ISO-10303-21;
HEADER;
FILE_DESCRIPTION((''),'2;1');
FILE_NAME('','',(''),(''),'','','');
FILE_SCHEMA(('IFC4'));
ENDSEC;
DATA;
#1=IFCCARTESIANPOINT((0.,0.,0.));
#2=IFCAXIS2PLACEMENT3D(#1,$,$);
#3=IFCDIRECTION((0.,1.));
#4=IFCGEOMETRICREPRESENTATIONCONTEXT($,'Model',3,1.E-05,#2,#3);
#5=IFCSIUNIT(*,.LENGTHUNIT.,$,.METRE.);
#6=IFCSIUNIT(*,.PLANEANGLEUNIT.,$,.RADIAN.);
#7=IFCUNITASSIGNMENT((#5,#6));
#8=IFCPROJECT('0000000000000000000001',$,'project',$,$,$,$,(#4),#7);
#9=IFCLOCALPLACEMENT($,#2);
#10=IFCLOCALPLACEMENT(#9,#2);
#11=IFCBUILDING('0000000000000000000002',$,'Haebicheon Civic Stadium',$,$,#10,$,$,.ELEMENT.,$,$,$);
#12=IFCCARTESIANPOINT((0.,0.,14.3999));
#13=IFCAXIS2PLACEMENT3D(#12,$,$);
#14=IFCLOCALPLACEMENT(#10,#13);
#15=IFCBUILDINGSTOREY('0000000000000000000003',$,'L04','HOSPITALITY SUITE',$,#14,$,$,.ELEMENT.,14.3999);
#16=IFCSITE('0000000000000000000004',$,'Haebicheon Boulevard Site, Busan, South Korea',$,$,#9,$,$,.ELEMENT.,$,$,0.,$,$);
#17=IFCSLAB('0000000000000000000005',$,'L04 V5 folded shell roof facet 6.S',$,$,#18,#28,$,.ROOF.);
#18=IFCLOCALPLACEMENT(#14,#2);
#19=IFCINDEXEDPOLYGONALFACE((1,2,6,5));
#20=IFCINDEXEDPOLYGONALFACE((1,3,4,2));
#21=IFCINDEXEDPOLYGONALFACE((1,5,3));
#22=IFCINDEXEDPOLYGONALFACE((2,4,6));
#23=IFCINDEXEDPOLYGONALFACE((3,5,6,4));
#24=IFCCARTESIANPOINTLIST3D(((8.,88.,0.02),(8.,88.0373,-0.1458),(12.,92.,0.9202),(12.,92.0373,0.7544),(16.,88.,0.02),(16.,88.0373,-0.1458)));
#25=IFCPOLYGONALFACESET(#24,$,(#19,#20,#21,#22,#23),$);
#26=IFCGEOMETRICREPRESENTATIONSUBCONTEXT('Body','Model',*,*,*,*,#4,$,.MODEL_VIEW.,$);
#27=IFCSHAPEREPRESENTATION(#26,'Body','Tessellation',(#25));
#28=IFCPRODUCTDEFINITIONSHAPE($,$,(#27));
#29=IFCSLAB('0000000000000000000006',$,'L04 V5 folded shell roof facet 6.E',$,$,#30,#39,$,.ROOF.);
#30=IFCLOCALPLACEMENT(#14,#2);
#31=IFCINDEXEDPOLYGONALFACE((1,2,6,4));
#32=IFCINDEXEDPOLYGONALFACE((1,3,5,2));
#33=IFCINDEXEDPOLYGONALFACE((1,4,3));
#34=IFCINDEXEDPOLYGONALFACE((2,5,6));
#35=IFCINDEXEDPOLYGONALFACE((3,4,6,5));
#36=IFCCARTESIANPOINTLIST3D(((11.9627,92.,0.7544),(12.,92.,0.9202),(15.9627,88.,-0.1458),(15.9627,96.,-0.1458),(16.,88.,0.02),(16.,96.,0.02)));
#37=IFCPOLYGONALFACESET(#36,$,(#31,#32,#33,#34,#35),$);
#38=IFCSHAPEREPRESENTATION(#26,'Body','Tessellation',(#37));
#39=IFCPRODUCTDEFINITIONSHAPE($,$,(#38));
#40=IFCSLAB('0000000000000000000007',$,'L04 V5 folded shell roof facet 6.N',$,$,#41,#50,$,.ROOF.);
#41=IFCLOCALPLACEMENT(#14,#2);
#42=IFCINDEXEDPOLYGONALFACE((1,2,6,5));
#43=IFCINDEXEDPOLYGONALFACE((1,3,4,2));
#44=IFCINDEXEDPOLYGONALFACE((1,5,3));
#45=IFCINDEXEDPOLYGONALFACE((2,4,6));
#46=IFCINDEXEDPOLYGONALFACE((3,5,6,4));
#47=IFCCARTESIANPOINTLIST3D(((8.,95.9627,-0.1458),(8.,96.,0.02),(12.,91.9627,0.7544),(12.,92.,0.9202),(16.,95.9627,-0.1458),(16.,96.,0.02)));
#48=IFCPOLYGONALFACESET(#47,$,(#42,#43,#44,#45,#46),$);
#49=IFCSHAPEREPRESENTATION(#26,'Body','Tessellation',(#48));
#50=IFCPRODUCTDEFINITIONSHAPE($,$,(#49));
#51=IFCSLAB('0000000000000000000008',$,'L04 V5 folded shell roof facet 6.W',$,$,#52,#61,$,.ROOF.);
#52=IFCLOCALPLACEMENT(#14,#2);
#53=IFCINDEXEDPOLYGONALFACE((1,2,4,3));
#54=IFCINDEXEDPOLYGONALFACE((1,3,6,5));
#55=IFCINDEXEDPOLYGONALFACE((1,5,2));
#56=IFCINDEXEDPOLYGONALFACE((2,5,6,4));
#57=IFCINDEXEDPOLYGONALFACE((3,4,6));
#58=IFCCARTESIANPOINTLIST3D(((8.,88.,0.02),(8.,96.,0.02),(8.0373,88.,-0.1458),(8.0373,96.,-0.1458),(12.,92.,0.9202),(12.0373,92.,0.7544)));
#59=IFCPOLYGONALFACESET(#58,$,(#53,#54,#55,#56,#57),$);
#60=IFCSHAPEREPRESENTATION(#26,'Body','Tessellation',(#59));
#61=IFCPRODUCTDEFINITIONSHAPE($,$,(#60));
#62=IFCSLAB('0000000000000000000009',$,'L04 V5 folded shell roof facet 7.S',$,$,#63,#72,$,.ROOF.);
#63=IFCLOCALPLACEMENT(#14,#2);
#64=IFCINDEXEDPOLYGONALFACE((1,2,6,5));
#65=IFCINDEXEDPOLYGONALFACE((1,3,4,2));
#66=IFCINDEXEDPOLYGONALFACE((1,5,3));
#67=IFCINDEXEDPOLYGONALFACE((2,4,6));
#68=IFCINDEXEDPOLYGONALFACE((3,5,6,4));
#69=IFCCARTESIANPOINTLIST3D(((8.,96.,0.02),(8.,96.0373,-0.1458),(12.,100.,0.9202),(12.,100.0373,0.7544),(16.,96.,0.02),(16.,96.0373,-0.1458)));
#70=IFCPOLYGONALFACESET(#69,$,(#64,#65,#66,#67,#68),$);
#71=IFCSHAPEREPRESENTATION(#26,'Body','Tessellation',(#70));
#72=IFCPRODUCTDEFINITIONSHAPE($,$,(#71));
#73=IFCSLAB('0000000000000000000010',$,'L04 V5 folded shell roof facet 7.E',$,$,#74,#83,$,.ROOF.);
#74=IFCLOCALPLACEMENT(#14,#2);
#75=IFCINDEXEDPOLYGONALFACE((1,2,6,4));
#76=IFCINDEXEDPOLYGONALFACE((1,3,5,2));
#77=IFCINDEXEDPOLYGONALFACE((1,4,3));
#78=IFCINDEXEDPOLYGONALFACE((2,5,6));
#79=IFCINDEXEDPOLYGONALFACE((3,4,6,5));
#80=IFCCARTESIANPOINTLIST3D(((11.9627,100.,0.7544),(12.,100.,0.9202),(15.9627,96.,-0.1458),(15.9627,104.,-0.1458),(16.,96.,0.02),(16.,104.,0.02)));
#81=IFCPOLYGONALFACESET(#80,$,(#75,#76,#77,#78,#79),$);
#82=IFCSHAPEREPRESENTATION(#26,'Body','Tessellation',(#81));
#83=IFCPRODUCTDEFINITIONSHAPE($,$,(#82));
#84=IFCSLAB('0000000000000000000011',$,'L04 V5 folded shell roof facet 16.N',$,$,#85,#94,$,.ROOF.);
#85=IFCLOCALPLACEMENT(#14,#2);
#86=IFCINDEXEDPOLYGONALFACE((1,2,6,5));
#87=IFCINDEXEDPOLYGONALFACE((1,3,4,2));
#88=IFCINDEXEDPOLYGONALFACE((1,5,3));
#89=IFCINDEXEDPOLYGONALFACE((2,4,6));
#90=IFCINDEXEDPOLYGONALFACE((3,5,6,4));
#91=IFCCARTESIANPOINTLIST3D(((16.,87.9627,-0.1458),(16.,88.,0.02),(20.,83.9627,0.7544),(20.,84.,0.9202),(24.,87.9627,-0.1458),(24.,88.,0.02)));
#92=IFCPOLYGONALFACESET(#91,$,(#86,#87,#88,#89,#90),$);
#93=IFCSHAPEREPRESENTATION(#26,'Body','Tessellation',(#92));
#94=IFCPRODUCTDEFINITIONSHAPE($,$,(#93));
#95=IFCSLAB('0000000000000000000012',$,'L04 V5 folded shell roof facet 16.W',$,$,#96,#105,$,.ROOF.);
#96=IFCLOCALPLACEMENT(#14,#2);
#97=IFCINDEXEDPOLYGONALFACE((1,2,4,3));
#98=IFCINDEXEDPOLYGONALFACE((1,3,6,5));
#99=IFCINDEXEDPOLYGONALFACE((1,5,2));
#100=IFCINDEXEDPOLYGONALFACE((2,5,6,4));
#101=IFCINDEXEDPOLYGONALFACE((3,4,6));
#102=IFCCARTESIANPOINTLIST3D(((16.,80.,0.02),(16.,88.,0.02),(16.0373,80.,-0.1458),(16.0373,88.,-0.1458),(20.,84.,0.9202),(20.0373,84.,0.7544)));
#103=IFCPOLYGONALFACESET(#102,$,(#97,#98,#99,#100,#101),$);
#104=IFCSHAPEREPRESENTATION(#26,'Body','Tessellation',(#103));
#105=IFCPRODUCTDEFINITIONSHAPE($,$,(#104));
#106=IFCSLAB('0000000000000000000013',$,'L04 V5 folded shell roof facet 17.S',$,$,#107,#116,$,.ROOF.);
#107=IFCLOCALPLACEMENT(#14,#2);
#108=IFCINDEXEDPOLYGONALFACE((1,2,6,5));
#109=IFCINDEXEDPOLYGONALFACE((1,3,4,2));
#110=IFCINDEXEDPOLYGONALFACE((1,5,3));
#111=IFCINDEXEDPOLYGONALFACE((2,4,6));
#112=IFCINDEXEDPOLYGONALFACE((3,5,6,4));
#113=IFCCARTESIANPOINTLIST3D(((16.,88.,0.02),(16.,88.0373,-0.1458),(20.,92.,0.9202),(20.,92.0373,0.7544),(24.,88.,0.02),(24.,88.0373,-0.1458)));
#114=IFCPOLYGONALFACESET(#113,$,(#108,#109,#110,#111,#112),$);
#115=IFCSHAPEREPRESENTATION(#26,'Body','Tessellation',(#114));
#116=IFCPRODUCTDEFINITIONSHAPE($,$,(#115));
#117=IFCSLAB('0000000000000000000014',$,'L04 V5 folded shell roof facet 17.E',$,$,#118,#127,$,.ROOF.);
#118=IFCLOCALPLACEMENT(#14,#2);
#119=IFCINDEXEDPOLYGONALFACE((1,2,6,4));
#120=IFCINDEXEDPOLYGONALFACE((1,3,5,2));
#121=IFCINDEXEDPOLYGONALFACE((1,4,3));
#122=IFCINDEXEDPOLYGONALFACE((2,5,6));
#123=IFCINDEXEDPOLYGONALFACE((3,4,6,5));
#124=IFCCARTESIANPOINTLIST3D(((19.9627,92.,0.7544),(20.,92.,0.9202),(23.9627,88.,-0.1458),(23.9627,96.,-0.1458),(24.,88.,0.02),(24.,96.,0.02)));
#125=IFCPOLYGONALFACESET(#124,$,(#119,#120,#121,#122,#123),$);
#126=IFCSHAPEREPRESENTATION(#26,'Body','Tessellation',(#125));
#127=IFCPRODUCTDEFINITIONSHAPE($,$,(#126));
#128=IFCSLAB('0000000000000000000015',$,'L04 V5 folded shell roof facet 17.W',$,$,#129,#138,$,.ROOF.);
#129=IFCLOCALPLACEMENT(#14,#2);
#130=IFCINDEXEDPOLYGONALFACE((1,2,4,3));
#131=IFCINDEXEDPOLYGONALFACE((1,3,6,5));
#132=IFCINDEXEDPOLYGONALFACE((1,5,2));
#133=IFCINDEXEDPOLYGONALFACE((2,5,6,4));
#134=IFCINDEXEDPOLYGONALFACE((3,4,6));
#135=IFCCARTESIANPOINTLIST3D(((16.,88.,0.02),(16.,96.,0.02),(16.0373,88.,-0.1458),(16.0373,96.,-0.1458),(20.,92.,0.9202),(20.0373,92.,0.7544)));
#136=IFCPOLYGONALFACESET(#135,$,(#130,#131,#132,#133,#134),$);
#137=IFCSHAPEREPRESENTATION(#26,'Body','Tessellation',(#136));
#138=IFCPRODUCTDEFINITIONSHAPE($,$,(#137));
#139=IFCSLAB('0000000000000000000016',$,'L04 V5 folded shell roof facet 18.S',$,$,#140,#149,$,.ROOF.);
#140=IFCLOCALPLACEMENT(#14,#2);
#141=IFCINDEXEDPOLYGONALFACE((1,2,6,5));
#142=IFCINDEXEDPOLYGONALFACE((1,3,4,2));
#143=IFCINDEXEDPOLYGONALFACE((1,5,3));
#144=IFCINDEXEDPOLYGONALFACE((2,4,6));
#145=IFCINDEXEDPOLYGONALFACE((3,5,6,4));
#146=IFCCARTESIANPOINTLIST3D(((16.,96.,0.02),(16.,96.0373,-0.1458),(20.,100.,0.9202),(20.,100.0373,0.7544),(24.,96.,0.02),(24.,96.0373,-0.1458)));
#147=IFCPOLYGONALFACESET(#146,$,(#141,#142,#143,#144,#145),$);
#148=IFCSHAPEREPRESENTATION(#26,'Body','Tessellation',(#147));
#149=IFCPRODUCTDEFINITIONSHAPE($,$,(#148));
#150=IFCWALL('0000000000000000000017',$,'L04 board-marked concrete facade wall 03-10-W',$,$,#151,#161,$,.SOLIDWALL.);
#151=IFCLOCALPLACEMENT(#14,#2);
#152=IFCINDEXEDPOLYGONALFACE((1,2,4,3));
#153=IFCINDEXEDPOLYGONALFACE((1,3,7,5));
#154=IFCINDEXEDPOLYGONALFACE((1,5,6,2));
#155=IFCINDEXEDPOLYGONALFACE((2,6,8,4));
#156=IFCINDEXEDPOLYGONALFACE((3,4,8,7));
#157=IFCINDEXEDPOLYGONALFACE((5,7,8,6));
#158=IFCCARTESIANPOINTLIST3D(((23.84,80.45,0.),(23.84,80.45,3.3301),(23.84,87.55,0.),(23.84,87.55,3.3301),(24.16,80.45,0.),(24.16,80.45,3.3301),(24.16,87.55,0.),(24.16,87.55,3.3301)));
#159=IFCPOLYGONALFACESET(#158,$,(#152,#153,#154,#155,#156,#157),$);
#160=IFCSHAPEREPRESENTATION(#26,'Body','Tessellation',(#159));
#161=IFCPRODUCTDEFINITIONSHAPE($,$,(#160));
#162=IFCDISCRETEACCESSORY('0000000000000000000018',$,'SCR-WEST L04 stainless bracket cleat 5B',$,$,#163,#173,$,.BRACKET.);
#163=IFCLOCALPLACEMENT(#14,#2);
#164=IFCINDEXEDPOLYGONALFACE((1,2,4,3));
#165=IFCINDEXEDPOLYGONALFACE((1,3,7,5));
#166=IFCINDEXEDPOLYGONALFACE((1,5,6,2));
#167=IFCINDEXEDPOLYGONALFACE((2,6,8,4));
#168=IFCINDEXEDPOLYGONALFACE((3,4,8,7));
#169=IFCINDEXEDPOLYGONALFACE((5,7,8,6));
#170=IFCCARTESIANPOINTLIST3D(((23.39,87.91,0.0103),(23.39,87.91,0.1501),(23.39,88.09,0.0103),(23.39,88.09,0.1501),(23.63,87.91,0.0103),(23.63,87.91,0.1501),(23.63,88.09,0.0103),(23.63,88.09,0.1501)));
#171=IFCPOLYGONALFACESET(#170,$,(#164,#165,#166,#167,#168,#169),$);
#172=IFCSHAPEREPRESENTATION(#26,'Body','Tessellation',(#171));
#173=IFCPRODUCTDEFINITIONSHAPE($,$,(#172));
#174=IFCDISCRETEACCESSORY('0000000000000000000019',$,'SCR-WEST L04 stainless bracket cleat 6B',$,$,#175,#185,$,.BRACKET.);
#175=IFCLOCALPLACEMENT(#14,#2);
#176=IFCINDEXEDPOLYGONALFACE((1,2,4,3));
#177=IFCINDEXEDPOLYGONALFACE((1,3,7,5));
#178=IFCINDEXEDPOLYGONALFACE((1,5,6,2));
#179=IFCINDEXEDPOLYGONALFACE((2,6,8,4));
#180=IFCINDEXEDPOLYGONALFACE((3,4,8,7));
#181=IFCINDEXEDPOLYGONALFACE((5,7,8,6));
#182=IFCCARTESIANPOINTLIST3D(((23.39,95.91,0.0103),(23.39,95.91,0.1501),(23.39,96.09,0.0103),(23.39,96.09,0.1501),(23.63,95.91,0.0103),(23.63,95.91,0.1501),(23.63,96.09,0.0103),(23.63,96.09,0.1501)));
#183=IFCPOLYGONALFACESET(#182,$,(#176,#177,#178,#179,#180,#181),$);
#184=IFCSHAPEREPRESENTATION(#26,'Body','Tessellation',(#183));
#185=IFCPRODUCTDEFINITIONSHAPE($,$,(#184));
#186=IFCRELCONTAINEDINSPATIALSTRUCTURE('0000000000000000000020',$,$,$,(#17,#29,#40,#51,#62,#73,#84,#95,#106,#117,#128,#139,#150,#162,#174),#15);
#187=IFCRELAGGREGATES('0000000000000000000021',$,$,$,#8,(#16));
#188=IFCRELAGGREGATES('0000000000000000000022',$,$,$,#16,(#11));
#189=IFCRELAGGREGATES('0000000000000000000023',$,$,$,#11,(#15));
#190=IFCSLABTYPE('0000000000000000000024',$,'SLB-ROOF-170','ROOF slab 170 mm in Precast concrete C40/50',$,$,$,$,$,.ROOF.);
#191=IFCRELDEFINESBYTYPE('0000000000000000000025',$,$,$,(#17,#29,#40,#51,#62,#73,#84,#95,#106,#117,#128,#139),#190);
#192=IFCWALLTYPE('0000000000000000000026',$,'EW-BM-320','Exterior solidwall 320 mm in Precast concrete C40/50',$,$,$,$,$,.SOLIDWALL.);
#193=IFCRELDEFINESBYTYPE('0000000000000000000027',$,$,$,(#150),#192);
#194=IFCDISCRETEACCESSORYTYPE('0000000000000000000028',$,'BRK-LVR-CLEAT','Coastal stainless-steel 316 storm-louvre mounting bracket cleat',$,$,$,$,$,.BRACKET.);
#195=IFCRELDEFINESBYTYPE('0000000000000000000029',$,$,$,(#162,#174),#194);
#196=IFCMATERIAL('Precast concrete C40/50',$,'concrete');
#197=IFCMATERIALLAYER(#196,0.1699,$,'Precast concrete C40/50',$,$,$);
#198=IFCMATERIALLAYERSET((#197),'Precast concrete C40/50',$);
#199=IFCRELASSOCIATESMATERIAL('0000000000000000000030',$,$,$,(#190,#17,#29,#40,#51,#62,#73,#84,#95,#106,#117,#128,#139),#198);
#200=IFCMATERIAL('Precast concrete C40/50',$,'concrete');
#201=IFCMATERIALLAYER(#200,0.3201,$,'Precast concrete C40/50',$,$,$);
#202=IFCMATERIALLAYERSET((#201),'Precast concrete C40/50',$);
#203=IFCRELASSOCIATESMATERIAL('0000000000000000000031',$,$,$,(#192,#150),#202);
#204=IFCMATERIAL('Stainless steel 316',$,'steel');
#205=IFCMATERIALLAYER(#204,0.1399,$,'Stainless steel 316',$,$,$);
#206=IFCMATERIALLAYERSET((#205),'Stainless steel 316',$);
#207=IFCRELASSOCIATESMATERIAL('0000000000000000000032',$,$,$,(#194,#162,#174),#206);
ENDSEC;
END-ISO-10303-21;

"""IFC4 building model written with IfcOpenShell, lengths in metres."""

from ifc_helpers import new_model, si_unit, direction, frame, frame_2d, origin, origin_2d, place, context, subcontext, project, spatial, polyline, rectangle, outline, extrude, material, layer, layer_set, type_object, element, save


model = new_model("IFC4")

# Units and contexts
model_context = context("Model", 3, precision=1e-05, world=origin(), true_north=direction((0.0, 1.0)))
body_context = subcontext(model_context, "Body", "Model", "MODEL_VIEW")
ifc_project = project(units=[si_unit("LENGTHUNIT", "METRE"), si_unit("PLANEANGLEUNIT", "RADIAN")], contexts=[model_context])

# Site, building, storey
site_placement = place(None, origin())
site = spatial("IfcSite", under=ifc_project, at=site_placement, Name="Haebicheon Boulevard Site, Busan, South Korea", CompositionType="ELEMENT", RefElevation=0.0)
building_placement = place(site_placement, origin())
building = spatial("IfcBuilding", under=site, at=building_placement, Name="Haebicheon Civic Stadium", CompositionType="ELEMENT")
storey_placement = place(building_placement, frame((0.0, 0.0, 14.3999)))
storey = spatial("IfcBuildingStorey", under=building, at=storey_placement, Name="L04", Description="HOSPITALITY SUITE", CompositionType="ELEMENT", Elevation=14.3999)

# Slabs
ifc_material_1 = material(Name="Precast concrete C40/50", Category="concrete")
ifc_layer_1 = layer(ifc_material_1, 0.1699, Name="Precast concrete C40/50")
ifc_layer_set_1 = layer_set([ifc_layer_1], Name="Precast concrete C40/50")
slab_type = type_object("IfcSlabType", Name="SLB-ROOF-170", Description="ROOF slab 170 mm in Precast concrete C40/50", PredefinedType="ROOF", material=ifc_layer_set_1)
for number, where, z_axis, x_axis, name in (
    (1, (8.0, 88.0, 0.02), (0.0, -0.219546, 0.975602), (1.0, 0.0, 0.0), "L04 V5 folded shell roof facet 6.S"),
    (2, (16.0, 88.0, 0.02), (0.219546, 0.0, 0.975602), (0.0, 1.0, 0.0), "L04 V5 folded shell roof facet 6.E"),
    (3, (16.0, 96.0, 0.02), (0.0, 0.219546, 0.975602), (-1.0, 0.0, 0.0), "L04 V5 folded shell roof facet 6.N"),
    (4, (8.0, 96.0, 0.02), (-0.219546, 0.0, 0.975602), (0.0, -1.0, 0.0), "L04 V5 folded shell roof facet 6.W"),
    (5, (8.0, 96.0, 0.02), (0.0, -0.219546, 0.975602), (1.0, 0.0, 0.0), "L04 V5 folded shell roof facet 7.S"),
    (6, (16.0, 96.0, 0.02), (0.219546, 0.0, 0.975602), (0.0, 1.0, 0.0), "L04 V5 folded shell roof facet 7.E"),
    (7, (24.0, 88.0, 0.02), (0.0, 0.219546, 0.975602), (-1.0, 0.0, 0.0), "L04 V5 folded shell roof facet 16.N"),
    (8, (16.0, 88.0, 0.02), (-0.219546, 0.0, 0.975602), (0.0, -1.0, 0.0), "L04 V5 folded shell roof facet 16.W"),
    (9, (16.0, 88.0, 0.02), (0.0, -0.219546, 0.975602), (1.0, 0.0, 0.0), "L04 V5 folded shell roof facet 17.S"),
    (10, (24.0, 88.0, 0.02), (0.219546, 0.0, 0.975602), (0.0, 1.0, 0.0), "L04 V5 folded shell roof facet 17.E"),
    (11, (16.0, 96.0, 0.02), (-0.219546, 0.0, 0.975602), (0.0, -1.0, 0.0), "L04 V5 folded shell roof facet 17.W"),
    (12, (16.0, 96.0, 0.02), (0.0, -0.219546, 0.975602), (1.0, 0.0, 0.0), "L04 V5 folded shell roof facet 18.S"),
):
    element("IfcSlab", number, at=place(storey_placement, frame(where, z_axis=z_axis, x_axis=x_axis)), inside=storey, type_object=slab_type, material=ifc_layer_set_1, Name=name, PredefinedType="ROOF", context=body_context, shape_type="SweptSolid", body=[
        extrude(outline(polyline([(0.0, 0.0), (8.0, 0.0), (4.0, 4.1), (0.0, 0.0)])), origin(), (0.0, 0.0, -1.0), 0.1699),
    ])

# Wall
ifc_material_2 = material(Name="Precast concrete C40/50", Category="concrete")
ifc_layer_2 = layer(ifc_material_2, 0.3201, Name="Precast concrete C40/50")
ifc_layer_set_2 = layer_set([ifc_layer_2], Name="Precast concrete C40/50")
wall_type = type_object("IfcWallType", Name="EW-BM-320", Description="Exterior solidwall 320 mm in Precast concrete C40/50", PredefinedType="SOLIDWALL", material=ifc_layer_set_2)
wall_placement = place(storey_placement, frame((24.0, 80.45, 0.0), z_axis=(0.0, 0.0, 1.0), x_axis=(0.0, 1.0, 0.0)))
element("IfcWall", 13, at=wall_placement, inside=storey, type_object=wall_type, material=ifc_layer_set_2, Name="L04 board-marked concrete facade wall 03-10-W", PredefinedType="SOLIDWALL", context=body_context, shape_type="SweptSolid", body=[
    extrude(rectangle(XDim=7.1001, YDim=0.3201, at=frame_2d((3.55, 0.0))), origin(), (0.0, 0.0, 1.0), 3.3301),
])

# Discrete accessories
ifc_material_3 = material(Name="Stainless steel 316", Category="steel")
ifc_layer_3 = layer(ifc_material_3, 0.1399, Name="Stainless steel 316")
ifc_layer_set_3 = layer_set([ifc_layer_3], Name="Stainless steel 316")
discrete_accessory_type = type_object("IfcDiscreteAccessoryType", Name="BRK-LVR-CLEAT", Description="Coastal stainless-steel 316 storm-louvre mounting bracket cleat", PredefinedType="BRACKET", material=ifc_layer_set_3)
for number, where, z_axis, x_axis, name in (
    (14, (23.51, 88.0, 0.0103), (0.0, 0.0, 1.0), (1.0, 0.0, 0.0), "SCR-WEST L04 stainless bracket cleat 5B"),
    (15, (23.51, 96.0, 0.0103), (0.0, 0.0, 1.0), (1.0, 0.0, 0.0), "SCR-WEST L04 stainless bracket cleat 6B"),
):
    element("IfcDiscreteAccessory", number, at=place(storey_placement, frame(where, z_axis=z_axis, x_axis=x_axis)), inside=storey, type_object=discrete_accessory_type, material=ifc_layer_set_3, Name=name, PredefinedType="BRACKET", context=body_context, shape_type="SweptSolid", body=[
        extrude(rectangle(XDim=0.24, YDim=0.1799, at=origin_2d()), origin(), (0.0, 0.0, 1.0), 0.1399),
    ])

save(model, "model.ifc")
